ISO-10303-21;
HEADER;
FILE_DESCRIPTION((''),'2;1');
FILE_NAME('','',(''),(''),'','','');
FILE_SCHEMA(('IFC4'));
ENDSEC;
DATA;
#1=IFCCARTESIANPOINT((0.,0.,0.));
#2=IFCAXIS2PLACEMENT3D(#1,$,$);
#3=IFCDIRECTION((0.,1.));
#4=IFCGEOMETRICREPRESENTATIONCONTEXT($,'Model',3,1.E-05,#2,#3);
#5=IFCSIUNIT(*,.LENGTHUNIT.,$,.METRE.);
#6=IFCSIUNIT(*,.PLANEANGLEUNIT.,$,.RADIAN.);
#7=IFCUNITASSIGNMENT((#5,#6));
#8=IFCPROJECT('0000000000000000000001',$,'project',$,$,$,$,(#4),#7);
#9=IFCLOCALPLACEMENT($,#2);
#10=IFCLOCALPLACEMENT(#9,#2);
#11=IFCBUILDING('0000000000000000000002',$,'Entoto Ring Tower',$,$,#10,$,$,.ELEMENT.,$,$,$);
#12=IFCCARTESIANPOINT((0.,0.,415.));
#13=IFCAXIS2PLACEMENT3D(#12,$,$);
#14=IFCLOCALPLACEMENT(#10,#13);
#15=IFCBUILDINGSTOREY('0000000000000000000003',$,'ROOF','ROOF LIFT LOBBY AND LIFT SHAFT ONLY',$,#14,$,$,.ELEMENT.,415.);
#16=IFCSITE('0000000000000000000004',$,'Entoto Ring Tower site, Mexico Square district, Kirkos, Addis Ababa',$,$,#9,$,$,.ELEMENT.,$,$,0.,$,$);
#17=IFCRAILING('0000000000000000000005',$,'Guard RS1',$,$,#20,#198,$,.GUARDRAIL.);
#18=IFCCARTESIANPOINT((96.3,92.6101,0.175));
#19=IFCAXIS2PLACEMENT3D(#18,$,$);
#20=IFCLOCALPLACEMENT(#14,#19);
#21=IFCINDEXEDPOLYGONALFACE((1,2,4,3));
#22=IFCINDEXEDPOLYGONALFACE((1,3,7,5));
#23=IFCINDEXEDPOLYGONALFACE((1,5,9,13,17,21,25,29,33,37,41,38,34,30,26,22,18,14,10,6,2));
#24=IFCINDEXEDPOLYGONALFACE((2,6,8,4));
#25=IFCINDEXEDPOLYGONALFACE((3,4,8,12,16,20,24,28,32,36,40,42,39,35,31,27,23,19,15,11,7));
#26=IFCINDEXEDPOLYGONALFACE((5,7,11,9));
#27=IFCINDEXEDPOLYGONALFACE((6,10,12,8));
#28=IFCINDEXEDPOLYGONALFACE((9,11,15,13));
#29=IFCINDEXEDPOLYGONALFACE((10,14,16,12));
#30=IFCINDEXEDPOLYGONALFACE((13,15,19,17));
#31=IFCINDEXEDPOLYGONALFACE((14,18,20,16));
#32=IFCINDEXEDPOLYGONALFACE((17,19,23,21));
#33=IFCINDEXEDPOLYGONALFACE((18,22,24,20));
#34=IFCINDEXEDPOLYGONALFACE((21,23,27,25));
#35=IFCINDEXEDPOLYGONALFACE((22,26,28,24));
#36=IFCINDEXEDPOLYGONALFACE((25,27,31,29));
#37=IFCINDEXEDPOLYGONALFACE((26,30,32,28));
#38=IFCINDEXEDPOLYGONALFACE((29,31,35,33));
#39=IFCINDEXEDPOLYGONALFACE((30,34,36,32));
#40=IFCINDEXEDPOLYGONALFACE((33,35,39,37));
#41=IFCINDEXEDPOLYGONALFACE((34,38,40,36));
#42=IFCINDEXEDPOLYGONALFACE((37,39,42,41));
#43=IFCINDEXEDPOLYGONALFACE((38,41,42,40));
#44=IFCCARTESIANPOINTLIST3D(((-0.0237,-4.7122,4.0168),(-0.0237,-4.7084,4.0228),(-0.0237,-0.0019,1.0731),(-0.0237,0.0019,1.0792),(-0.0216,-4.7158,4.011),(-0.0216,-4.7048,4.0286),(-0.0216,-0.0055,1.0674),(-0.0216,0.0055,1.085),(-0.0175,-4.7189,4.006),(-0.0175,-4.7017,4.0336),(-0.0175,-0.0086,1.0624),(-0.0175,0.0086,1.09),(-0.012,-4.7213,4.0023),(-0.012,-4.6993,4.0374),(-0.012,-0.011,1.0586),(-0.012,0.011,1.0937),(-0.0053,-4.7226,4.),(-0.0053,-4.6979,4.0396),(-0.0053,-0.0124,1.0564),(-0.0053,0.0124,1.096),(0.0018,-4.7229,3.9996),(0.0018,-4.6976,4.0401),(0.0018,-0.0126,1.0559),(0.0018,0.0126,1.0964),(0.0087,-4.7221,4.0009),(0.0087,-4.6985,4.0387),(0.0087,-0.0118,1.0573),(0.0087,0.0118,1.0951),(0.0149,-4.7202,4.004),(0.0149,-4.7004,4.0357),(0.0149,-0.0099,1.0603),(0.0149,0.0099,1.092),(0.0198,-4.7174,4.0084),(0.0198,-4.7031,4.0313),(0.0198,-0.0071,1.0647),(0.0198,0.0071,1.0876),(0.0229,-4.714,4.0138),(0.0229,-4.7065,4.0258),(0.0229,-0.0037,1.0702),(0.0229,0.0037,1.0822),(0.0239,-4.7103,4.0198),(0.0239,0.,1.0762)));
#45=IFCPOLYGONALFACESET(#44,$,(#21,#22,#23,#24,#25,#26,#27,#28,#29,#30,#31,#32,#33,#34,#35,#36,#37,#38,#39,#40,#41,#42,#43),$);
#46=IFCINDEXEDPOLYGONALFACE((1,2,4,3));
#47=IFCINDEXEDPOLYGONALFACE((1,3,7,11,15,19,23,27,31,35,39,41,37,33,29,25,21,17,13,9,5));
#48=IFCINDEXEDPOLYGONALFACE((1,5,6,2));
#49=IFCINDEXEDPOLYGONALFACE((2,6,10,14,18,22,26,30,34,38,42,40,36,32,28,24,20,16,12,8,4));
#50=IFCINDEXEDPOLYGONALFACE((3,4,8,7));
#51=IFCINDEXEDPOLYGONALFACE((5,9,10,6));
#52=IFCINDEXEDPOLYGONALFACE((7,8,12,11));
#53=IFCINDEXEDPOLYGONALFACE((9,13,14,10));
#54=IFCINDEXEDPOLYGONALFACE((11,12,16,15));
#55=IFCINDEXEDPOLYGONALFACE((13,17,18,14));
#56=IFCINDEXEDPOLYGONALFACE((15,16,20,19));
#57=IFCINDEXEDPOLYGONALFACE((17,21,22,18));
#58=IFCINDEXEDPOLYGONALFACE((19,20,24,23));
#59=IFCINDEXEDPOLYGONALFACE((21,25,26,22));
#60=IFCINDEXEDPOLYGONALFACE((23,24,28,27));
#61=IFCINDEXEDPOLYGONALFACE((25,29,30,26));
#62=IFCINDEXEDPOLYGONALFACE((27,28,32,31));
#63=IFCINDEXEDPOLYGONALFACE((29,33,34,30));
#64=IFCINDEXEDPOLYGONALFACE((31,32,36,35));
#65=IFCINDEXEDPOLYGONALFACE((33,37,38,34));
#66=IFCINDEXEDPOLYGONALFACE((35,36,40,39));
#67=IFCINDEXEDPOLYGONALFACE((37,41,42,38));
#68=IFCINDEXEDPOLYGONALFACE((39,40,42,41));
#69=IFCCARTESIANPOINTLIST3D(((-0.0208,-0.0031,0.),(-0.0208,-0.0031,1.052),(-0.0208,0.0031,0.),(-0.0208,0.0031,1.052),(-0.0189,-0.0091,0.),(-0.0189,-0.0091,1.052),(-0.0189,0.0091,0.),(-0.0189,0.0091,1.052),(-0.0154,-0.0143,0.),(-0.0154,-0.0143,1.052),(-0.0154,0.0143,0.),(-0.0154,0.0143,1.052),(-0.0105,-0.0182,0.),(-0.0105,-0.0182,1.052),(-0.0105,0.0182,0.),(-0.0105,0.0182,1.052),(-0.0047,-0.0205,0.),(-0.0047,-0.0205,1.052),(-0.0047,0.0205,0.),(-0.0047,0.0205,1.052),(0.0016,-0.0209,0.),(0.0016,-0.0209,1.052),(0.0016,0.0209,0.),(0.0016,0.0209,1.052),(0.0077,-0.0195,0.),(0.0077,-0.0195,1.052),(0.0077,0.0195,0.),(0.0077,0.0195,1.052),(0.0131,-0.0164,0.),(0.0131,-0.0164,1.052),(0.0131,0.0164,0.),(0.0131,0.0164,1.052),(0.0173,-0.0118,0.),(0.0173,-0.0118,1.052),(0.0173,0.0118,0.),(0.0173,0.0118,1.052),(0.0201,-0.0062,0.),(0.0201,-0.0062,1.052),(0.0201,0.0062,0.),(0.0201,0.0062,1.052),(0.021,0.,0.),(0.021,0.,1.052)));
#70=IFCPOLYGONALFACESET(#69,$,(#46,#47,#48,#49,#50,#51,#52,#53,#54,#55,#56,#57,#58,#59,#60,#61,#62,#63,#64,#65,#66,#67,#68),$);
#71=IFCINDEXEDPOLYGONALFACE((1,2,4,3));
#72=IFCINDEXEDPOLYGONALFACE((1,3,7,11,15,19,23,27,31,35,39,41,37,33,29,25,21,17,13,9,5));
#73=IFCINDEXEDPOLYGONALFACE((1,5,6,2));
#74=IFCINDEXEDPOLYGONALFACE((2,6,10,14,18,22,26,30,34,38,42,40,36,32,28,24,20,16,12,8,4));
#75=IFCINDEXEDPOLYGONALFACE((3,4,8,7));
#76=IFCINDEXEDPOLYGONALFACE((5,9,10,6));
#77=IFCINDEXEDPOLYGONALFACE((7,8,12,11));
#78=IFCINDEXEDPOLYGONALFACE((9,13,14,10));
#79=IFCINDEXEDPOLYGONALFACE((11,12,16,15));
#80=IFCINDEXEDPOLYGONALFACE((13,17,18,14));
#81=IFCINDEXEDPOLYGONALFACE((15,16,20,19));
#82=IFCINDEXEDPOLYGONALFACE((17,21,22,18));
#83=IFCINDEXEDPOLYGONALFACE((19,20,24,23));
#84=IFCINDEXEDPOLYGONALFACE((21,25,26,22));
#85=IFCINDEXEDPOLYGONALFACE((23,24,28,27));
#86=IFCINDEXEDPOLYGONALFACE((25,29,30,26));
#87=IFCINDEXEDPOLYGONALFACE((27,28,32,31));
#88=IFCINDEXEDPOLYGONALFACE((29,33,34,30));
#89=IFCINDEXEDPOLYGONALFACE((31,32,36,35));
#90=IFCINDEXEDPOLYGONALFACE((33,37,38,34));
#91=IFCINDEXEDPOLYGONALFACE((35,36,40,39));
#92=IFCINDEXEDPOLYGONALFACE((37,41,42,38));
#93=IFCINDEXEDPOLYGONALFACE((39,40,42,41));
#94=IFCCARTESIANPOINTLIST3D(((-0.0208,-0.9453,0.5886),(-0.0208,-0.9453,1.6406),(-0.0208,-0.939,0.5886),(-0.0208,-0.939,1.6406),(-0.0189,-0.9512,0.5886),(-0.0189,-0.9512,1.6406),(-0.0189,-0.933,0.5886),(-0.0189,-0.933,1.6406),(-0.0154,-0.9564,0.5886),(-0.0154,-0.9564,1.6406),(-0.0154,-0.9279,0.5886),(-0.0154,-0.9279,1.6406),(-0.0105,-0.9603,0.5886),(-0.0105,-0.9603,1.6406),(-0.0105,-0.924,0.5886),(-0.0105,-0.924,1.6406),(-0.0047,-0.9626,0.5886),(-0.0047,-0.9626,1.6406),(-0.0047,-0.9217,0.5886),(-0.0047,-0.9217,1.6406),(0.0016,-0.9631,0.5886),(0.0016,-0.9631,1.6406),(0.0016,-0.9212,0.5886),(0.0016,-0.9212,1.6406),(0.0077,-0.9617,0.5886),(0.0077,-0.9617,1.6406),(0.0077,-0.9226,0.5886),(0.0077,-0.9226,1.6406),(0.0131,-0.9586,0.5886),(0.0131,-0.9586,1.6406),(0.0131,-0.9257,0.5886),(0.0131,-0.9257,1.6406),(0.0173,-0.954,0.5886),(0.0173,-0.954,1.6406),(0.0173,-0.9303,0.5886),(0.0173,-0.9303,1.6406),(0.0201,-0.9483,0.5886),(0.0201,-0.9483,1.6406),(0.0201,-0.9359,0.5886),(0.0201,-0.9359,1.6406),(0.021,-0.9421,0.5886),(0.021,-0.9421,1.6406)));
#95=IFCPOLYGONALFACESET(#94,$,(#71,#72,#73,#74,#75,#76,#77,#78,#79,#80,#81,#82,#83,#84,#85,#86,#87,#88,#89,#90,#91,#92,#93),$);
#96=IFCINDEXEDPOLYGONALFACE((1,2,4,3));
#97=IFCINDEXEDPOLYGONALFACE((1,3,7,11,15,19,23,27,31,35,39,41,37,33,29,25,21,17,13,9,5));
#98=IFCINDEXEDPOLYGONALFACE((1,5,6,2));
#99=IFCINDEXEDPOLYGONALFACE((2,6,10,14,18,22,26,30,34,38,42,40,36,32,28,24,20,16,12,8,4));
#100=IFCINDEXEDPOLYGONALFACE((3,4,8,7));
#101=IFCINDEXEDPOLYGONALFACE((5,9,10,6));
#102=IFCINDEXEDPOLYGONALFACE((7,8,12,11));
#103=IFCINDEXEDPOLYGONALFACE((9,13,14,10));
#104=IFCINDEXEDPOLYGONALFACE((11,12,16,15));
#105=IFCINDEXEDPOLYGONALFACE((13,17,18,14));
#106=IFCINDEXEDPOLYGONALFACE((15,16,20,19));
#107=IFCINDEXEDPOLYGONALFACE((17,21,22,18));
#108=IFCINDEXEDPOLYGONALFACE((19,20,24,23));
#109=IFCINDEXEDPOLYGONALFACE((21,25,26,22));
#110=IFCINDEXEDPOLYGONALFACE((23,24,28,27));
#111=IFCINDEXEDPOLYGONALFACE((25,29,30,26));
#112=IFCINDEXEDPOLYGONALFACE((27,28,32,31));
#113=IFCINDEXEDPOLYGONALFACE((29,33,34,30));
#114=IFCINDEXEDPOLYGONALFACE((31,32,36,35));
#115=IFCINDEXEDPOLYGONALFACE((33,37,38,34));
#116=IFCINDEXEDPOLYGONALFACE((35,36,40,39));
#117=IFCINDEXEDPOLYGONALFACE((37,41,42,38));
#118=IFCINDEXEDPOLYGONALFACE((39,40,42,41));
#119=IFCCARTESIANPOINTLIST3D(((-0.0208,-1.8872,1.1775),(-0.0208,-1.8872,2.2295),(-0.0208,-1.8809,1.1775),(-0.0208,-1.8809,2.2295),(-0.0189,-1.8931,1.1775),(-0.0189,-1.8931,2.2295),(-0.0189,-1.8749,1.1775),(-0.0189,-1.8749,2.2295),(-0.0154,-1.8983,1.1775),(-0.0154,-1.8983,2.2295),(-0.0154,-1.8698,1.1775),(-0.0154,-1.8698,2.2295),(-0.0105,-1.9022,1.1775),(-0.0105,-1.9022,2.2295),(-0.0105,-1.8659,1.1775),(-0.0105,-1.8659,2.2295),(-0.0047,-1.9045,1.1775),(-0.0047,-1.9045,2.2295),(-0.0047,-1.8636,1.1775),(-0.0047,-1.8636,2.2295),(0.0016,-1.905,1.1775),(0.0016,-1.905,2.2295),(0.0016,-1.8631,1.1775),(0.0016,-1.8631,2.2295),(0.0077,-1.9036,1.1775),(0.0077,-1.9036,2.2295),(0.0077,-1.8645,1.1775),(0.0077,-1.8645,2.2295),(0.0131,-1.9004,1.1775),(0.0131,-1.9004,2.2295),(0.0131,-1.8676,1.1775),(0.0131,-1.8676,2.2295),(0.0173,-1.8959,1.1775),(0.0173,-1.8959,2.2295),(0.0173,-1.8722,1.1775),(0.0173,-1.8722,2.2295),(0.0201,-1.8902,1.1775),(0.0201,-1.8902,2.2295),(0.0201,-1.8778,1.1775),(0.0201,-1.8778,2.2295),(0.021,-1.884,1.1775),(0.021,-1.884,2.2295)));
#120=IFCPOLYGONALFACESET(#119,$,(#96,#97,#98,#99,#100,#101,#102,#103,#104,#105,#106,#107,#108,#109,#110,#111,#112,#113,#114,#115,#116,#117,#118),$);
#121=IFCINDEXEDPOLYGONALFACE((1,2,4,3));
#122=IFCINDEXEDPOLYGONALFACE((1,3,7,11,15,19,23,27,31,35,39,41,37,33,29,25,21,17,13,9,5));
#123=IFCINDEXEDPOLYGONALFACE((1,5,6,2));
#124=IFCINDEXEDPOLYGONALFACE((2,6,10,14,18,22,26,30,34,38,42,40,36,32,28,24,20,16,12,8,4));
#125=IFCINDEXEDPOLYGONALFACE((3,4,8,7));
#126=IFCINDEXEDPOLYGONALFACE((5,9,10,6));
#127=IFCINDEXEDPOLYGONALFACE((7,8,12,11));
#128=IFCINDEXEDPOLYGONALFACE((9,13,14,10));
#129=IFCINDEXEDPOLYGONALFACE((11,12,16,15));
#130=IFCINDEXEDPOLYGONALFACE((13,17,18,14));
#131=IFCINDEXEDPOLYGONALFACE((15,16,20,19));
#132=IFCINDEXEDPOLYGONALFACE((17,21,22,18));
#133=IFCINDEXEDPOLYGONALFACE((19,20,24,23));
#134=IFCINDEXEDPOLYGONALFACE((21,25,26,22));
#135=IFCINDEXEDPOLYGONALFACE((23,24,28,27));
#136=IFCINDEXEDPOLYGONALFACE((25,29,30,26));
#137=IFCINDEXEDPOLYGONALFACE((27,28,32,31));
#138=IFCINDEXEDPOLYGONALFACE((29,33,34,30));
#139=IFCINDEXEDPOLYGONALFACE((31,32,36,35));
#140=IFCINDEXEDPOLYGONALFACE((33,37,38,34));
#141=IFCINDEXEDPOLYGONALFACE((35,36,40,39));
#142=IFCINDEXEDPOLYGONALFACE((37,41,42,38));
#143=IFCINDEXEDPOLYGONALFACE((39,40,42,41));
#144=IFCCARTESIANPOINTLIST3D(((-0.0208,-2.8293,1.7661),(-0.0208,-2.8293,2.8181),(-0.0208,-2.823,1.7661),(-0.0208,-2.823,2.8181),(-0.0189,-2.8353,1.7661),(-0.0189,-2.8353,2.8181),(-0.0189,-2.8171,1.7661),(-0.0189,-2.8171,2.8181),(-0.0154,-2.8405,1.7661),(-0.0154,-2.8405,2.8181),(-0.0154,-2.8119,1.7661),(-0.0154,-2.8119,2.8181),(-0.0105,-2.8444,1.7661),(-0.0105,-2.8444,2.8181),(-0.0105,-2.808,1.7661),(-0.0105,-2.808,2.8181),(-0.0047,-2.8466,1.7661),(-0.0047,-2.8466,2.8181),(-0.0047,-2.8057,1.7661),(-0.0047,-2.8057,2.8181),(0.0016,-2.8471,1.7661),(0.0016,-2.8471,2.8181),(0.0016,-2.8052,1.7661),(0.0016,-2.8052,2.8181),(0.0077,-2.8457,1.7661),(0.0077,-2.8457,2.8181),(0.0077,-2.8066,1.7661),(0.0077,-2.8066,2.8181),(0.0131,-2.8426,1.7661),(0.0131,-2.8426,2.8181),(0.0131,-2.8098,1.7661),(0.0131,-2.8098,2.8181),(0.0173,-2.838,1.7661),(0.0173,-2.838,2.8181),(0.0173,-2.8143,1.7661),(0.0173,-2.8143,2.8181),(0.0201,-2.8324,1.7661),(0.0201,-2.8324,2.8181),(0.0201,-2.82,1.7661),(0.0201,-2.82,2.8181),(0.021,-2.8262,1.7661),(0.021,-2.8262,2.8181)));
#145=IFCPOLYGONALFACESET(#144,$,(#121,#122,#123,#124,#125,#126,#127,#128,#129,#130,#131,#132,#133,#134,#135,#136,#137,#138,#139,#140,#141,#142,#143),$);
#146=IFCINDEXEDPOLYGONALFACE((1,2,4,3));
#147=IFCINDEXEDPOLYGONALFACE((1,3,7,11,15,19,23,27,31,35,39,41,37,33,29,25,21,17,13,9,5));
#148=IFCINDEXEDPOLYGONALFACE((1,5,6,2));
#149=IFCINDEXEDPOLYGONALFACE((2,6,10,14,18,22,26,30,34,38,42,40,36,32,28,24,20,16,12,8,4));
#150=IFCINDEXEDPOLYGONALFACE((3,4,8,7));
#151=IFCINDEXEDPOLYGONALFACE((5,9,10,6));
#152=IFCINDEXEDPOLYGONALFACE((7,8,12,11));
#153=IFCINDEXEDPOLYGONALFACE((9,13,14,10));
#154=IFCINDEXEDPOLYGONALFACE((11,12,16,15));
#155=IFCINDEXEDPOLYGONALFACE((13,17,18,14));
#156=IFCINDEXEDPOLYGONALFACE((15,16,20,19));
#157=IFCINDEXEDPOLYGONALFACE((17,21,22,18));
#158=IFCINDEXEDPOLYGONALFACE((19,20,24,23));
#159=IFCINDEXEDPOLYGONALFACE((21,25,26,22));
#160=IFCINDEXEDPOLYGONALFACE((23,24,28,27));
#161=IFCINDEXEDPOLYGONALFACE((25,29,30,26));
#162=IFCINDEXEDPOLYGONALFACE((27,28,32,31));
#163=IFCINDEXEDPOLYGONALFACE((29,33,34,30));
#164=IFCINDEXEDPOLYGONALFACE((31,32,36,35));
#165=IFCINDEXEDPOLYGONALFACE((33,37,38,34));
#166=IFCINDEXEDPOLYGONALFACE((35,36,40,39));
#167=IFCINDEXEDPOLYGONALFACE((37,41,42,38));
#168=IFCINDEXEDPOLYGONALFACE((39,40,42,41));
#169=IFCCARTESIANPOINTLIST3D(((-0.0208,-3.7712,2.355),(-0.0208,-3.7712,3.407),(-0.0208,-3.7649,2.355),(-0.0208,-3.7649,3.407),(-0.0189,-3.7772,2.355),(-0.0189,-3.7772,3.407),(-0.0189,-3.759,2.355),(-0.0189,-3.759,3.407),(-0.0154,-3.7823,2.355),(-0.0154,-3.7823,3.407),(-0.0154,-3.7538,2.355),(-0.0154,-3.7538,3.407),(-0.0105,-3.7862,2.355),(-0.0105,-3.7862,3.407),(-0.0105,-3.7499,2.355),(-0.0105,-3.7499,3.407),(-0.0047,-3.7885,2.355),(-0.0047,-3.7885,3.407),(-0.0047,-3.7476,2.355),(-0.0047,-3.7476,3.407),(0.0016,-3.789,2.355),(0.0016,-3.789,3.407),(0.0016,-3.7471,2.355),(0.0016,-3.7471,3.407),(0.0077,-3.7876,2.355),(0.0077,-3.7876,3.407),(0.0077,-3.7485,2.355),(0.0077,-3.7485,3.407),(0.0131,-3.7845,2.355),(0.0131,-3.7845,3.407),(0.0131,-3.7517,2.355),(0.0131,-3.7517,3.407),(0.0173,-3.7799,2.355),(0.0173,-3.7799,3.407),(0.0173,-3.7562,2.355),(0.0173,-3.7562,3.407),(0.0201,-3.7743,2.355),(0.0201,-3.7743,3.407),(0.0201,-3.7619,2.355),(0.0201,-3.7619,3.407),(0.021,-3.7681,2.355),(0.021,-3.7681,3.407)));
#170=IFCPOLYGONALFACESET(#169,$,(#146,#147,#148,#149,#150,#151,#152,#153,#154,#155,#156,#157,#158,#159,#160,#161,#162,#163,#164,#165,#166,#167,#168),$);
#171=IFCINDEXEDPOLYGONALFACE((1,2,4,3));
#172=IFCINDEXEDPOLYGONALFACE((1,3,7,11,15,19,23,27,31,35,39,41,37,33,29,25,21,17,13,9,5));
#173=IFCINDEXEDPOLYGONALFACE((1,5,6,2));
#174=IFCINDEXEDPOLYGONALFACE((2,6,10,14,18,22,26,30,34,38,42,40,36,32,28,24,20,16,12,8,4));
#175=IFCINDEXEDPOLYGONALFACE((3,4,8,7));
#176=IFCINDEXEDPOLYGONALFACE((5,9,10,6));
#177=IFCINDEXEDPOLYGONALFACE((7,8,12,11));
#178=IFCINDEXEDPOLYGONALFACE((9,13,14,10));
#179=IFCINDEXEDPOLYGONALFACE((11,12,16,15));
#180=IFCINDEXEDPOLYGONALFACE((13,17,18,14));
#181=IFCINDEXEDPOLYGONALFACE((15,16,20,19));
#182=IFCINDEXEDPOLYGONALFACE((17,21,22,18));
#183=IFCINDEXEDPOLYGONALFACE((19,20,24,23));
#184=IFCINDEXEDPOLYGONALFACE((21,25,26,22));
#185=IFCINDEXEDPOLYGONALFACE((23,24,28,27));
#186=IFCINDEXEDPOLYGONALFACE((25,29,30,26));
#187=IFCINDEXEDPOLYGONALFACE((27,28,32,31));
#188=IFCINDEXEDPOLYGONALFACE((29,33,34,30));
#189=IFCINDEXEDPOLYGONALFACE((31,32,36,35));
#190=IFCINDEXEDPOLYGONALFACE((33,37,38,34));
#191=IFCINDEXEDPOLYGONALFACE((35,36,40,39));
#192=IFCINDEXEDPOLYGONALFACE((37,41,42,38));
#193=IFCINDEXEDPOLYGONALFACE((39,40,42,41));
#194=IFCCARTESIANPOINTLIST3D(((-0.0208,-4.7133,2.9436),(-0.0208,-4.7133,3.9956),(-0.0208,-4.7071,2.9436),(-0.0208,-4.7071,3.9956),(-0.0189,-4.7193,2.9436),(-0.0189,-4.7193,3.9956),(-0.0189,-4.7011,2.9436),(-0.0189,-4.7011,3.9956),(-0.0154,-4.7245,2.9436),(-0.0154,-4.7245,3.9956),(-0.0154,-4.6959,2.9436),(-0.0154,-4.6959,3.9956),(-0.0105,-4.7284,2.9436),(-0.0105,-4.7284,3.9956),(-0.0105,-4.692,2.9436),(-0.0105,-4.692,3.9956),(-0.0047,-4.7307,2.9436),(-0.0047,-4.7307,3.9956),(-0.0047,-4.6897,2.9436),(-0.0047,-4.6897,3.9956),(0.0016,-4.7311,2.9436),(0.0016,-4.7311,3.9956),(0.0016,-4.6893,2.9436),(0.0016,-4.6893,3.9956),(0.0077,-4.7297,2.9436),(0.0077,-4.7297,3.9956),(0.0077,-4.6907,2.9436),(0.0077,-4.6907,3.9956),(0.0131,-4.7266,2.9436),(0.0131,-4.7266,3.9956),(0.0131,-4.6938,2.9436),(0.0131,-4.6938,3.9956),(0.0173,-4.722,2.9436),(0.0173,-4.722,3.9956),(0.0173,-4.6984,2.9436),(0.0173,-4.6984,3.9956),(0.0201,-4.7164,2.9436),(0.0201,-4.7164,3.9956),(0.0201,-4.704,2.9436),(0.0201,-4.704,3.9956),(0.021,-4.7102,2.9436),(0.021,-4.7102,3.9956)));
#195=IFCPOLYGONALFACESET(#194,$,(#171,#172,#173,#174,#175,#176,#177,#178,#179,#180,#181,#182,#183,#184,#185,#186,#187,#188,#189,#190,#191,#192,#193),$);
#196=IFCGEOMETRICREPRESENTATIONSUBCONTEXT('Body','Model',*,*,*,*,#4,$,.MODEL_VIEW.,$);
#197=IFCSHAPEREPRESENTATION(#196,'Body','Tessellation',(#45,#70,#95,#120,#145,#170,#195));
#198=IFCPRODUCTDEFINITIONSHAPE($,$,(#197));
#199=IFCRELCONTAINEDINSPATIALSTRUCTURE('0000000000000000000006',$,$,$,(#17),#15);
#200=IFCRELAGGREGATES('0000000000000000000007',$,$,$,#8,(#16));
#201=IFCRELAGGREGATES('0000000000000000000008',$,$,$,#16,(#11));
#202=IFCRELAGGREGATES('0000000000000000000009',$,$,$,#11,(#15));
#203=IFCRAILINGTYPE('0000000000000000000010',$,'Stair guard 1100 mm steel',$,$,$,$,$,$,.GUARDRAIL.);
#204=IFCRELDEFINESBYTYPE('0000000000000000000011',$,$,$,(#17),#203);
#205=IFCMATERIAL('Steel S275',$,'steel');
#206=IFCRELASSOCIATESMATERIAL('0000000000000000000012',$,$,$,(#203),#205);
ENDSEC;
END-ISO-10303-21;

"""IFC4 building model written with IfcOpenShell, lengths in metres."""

from ifc_helpers import new_model, si_unit, direction, frame, origin, origin_2d, place, context, subcontext, project, spatial, circle, extrude, material, type_object, element, save


model = new_model("IFC4")

# Units and contexts
model_context = context("Model", 3, precision=1e-05, world=origin(), true_north=direction((0.0, 1.0)))
body_context = subcontext(model_context, "Body", "Model", "MODEL_VIEW")
ifc_project = project(units=[si_unit("LENGTHUNIT", "METRE"), si_unit("PLANEANGLEUNIT", "RADIAN")], contexts=[model_context])

# Site, building, storey
site_placement = place(None, origin())
site = spatial("IfcSite", under=ifc_project, at=site_placement, Name="Entoto Ring Tower site, Mexico Square district, Kirkos, Addis Ababa", CompositionType="ELEMENT", RefElevation=0.0)
building_placement = place(site_placement, origin())
building = spatial("IfcBuilding", under=site, at=building_placement, Name="Entoto Ring Tower", CompositionType="ELEMENT")
storey_placement = place(building_placement, frame((0.0, 0.0, 415.0)))
storey = spatial("IfcBuildingStorey", under=building, at=storey_placement, Name="ROOF", Description="ROOF LIFT LOBBY AND LIFT SHAFT ONLY", CompositionType="ELEMENT", Elevation=415.0)

# Railing
ifc_material_1 = material(Name="Steel S275", Category="steel")
railing_type_1 = type_object("IfcRailingType", Name="Stair guard 1100 mm steel", PredefinedType="GUARDRAIL", material=ifc_material_1)
for number, where, name in (
    (1, (96.3, 92.6101, 0.175), "Guard RS1"),
):
    element("IfcRailing", number, at=place(storey_placement, frame(where)), inside=storey, type_object=railing_type_1, Name=name, PredefinedType="GUARDRAIL", context=body_context, shape_type="SweptSolid", body=[
        extrude(circle(Radius=0.0239, at=origin_2d()), frame((0.0, 0.0, 1.0762), z_axis=(0.0, -0.848021, 0.529963), x_axis=(1.0, 0.0, 0.0)), (0.0, 0.0, 1.0), 5.5544),
        extrude(circle(Radius=0.021, at=origin_2d()), origin(), (0.0, 0.0, 1.0), 1.052),
        extrude(circle(Radius=0.021, at=origin_2d()), frame((0.0, -0.9421, 0.5886)), (0.0, 0.0, 1.0), 1.052),
        extrude(circle(Radius=0.021, at=origin_2d()), frame((0.0, -1.884, 1.1775)), (0.0, 0.0, 1.0), 1.052),
        extrude(circle(Radius=0.021, at=origin_2d()), frame((0.0, -2.8262, 1.7661)), (0.0, 0.0, 1.0), 1.052),
        extrude(circle(Radius=0.021, at=origin_2d()), frame((0.0, -3.7681, 2.355)), (0.0, 0.0, 1.0), 1.052),
        extrude(circle(Radius=0.021, at=origin_2d()), frame((0.0, -4.7102, 2.9436)), (0.0, 0.0, 1.0), 1.052),
    ])

save(model, "model.ifc")
